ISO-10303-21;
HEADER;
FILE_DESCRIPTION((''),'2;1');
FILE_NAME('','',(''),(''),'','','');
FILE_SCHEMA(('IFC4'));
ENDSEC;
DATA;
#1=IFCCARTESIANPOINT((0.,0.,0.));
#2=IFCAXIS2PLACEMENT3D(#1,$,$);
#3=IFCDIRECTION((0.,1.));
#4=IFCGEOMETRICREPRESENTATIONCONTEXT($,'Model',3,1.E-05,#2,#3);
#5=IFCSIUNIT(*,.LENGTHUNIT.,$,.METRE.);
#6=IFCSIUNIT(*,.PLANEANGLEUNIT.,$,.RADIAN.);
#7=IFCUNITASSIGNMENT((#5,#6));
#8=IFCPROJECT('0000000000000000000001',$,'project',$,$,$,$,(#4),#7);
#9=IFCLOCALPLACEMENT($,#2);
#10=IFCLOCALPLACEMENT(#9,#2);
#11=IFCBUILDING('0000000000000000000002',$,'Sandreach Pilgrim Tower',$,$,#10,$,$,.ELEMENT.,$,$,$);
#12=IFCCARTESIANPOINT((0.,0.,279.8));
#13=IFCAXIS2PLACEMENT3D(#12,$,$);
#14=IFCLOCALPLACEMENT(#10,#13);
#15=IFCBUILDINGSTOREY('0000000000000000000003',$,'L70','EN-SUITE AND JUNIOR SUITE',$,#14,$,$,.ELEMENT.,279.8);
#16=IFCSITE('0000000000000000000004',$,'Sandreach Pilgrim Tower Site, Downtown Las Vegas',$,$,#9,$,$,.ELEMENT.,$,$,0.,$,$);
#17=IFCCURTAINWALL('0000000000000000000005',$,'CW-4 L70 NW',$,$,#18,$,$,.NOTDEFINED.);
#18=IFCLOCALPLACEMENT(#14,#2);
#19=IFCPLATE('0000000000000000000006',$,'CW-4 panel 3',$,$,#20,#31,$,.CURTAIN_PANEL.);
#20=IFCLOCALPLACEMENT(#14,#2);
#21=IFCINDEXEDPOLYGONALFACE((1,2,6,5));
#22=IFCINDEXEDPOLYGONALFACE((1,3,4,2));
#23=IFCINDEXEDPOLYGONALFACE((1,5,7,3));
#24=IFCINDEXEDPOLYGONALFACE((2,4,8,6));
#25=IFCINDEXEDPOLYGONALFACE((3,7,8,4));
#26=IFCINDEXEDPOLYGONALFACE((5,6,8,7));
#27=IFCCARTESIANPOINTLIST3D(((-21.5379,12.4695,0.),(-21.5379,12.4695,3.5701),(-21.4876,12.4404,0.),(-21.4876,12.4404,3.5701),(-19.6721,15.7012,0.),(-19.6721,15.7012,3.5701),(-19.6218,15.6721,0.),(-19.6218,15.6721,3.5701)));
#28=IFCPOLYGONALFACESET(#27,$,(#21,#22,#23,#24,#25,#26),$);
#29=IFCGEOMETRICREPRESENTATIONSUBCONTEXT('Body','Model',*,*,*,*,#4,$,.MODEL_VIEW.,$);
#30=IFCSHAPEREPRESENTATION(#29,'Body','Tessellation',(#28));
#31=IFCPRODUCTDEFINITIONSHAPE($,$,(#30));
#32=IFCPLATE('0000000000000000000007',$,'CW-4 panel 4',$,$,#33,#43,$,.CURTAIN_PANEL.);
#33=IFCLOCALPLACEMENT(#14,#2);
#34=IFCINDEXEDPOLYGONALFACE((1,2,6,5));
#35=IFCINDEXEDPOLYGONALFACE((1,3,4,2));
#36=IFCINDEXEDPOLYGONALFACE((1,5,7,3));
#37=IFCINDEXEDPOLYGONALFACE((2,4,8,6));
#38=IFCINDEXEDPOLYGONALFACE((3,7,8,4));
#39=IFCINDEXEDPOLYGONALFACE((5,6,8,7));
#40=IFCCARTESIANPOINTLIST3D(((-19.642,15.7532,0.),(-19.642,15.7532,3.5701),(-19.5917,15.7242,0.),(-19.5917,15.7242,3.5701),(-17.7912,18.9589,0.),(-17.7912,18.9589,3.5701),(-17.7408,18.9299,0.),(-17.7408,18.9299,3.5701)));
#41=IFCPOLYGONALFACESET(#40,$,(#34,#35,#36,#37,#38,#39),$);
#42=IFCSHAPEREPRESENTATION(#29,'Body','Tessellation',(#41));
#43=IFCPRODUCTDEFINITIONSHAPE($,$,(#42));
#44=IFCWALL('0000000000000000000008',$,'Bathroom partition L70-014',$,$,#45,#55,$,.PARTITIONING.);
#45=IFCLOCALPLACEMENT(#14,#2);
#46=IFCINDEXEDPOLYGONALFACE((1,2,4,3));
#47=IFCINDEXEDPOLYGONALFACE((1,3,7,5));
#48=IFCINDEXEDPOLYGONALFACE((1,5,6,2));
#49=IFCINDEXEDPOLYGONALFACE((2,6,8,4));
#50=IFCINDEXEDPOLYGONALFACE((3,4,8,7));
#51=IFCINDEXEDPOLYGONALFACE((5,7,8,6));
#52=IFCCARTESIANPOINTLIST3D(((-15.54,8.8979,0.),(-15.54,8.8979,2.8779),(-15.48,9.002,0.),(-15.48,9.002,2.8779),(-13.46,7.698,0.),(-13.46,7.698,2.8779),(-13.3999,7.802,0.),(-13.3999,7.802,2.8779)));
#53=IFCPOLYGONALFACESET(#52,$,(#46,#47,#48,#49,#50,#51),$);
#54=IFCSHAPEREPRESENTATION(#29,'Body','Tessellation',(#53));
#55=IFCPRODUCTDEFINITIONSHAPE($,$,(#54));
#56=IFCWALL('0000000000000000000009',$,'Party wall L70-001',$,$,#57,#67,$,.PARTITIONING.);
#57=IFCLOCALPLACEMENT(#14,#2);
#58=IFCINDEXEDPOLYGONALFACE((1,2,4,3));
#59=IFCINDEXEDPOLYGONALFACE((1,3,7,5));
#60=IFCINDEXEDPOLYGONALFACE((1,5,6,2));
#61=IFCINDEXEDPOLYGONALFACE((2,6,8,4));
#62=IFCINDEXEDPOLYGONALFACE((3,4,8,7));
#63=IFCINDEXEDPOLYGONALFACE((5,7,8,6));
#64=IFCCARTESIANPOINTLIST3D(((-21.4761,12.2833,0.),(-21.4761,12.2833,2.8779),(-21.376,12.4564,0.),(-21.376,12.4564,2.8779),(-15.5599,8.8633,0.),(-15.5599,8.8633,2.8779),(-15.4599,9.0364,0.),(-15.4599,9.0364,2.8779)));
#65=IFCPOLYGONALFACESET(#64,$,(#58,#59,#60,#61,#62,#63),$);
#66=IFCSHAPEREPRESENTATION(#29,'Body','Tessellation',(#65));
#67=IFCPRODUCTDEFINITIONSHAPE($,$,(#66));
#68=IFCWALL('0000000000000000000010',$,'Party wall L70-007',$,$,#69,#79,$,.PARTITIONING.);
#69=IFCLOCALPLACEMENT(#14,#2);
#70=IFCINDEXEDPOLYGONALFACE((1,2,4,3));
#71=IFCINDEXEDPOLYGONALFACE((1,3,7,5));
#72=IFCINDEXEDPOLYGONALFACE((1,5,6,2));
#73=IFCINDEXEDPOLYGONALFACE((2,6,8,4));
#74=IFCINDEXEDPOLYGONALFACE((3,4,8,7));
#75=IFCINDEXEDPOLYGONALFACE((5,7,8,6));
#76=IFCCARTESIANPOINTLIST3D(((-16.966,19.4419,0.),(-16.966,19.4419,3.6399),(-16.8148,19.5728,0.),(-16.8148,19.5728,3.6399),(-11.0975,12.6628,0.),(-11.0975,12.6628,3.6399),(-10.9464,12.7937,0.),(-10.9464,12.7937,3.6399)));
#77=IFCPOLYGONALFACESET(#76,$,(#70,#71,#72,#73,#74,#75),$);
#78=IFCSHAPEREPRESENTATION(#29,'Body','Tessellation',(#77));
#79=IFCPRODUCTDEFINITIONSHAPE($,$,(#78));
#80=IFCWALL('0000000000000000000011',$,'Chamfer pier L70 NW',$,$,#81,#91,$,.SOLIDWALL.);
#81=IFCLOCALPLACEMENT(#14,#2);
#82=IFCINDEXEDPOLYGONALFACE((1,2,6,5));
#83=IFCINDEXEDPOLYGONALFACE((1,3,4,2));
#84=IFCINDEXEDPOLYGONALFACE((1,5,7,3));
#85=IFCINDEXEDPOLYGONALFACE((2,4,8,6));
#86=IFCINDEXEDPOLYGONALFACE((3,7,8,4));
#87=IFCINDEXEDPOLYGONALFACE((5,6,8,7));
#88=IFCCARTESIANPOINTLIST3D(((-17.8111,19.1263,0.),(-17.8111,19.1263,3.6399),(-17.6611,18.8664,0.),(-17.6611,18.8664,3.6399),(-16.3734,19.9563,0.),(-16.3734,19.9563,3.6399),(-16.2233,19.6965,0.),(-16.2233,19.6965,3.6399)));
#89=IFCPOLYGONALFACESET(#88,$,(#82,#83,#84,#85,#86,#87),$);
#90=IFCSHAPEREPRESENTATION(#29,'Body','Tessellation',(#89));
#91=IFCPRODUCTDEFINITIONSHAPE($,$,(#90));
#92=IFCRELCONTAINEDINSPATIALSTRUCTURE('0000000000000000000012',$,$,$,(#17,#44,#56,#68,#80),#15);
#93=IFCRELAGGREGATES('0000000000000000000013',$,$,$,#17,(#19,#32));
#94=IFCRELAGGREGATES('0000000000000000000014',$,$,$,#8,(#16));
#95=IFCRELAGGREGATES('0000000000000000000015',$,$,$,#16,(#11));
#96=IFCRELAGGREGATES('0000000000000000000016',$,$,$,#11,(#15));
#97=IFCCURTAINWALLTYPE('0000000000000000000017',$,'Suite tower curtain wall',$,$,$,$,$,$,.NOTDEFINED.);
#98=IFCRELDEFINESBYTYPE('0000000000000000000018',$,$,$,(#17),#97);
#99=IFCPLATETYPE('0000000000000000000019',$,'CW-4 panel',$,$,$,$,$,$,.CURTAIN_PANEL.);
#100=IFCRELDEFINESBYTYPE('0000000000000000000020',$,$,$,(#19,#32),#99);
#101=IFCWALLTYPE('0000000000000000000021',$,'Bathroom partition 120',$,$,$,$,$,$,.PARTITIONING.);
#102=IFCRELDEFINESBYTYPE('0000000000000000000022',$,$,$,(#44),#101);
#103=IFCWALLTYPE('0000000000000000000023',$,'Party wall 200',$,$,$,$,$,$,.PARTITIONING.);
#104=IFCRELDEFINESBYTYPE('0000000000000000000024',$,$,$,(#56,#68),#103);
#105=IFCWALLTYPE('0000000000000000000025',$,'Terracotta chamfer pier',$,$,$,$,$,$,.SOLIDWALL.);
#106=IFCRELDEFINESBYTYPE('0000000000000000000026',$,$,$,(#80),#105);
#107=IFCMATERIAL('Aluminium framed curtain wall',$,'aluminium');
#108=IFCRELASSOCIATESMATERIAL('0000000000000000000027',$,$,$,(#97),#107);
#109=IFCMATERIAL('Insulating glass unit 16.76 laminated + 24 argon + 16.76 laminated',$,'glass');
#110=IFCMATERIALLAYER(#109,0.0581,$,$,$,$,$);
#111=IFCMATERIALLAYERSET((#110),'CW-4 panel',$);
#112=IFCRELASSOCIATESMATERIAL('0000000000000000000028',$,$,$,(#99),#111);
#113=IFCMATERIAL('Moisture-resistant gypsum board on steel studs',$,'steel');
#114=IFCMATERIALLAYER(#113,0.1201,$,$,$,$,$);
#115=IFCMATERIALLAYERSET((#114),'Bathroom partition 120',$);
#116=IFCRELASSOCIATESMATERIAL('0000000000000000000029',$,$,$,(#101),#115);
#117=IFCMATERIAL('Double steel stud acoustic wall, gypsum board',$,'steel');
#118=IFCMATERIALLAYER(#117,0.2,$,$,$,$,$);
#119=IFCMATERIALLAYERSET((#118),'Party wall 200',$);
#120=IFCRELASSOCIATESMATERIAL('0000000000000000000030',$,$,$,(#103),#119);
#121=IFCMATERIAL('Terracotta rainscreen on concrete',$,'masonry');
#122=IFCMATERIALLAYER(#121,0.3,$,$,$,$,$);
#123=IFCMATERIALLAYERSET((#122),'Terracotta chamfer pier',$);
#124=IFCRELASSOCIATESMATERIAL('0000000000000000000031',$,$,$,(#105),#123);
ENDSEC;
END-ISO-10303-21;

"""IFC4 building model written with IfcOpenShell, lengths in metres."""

from ifc_helpers import new_model, si_unit, direction, frame, frame_2d, origin, origin_2d, place, context, subcontext, project, spatial, rectangle, extrude, material, layer, layer_set, type_object, element, aggregate, save


model = new_model("IFC4")

# Units and contexts
model_context = context("Model", 3, precision=1e-05, world=origin(), true_north=direction((0.0, 1.0)))
body_context = subcontext(model_context, "Body", "Model", "MODEL_VIEW")
ifc_project = project(units=[si_unit("LENGTHUNIT", "METRE"), si_unit("PLANEANGLEUNIT", "RADIAN")], contexts=[model_context])

# Site, building, storey
site_placement = place(None, origin())
site = spatial("IfcSite", under=ifc_project, at=site_placement, Name="Sandreach Pilgrim Tower Site, Downtown Las Vegas", CompositionType="ELEMENT", RefElevation=0.0)
building_placement = place(site_placement, origin())
building = spatial("IfcBuilding", under=site, at=building_placement, Name="Sandreach Pilgrim Tower", CompositionType="ELEMENT")
storey_placement = place(building_placement, frame((0.0, 0.0, 279.8)))
storey = spatial("IfcBuildingStorey", under=building, at=storey_placement, Name="L70", Description="EN-SUITE AND JUNIOR SUITE", CompositionType="ELEMENT", Elevation=279.8)

# Shared definitions
ifc_material_1 = material(Name="Aluminium framed curtain wall", Category="aluminium")
curtain_wall_type = type_object("IfcCurtainWallType", Name="Suite tower curtain wall", PredefinedType="NOTDEFINED", material=ifc_material_1)

# Curtain wall
curtain_wall_1_placement = place(storey_placement, origin())
curtain_wall_1 = element("IfcCurtainWall", 1, at=curtain_wall_1_placement, inside=storey, type_object=curtain_wall_type, Name="CW-4 L70 NW", PredefinedType="NOTDEFINED")

# Plates
ifc_material_2 = material(Name="Insulating glass unit 16.76 laminated + 24 argon + 16.76 laminated", Category="glass")
ifc_layer_1 = layer(ifc_material_2, 0.0581)
ifc_layer_set_1 = layer_set([ifc_layer_1], Name="CW-4 panel")
plate_type = type_object("IfcPlateType", Name="CW-4 panel", PredefinedType="CURTAIN_PANEL", material=ifc_layer_set_1)
plate_1_placement = place(storey_placement, frame((-20.5798, 14.0708, 0.0), z_axis=(0.0, 0.0, 1.0), x_axis=(0.5, 0.866025, 0.0)))
plate_1 = element("IfcPlate", 2, at=plate_1_placement, type_object=plate_type, Name="CW-4 panel 3", PredefinedType="CURTAIN_PANEL", context=body_context, shape_type="SweptSolid", body=[
    extrude(rectangle(XDim=3.7317, YDim=0.0581, at=origin_2d()), origin(), (0.0, 0.0, 1.0), 3.5701),
])
plate_2_placement = place(storey_placement, frame((-18.6914, 17.3416, 0.0), z_axis=(0.0, 0.0, 1.0), x_axis=(0.5, 0.866025, 0.0)))
plate_2 = element("IfcPlate", 3, at=plate_2_placement, type_object=plate_type, Name="CW-4 panel 4", PredefinedType="CURTAIN_PANEL", context=body_context, shape_type="SweptSolid", body=[
    extrude(rectangle(XDim=3.7017, YDim=0.0581, at=origin_2d()), origin(), (0.0, 0.0, 1.0), 3.5701),
])
aggregate(curtain_wall_1, [plate_1, plate_2])

# Walls
ifc_material_3 = material(Name="Moisture-resistant gypsum board on steel studs", Category="steel")
ifc_layer_2 = layer(ifc_material_3, 0.1201)
ifc_layer_set_2 = layer_set([ifc_layer_2], Name="Bathroom partition 120")
wall_type_1 = type_object("IfcWallType", Name="Bathroom partition 120", PredefinedType="PARTITIONING", material=ifc_layer_set_2)
wall_1_placement = place(storey_placement, frame((-15.51, 8.95, 0.0), z_axis=(0.0, 0.0, 1.0), x_axis=(0.866203, -0.499693, 0.0)))
element("IfcWall", 4, at=wall_1_placement, inside=storey, type_object=wall_type_1, Name="Bathroom partition L70-014", PredefinedType="PARTITIONING", context=body_context, shape_type="SweptSolid", body=[
    extrude(rectangle(XDim=2.4014, YDim=0.1201, at=frame_2d((1.2007, 0.0))), origin(), (0.0, 0.0, 1.0), 2.8779),
])
ifc_material_4 = material(Name="Double steel stud acoustic wall, gypsum board", Category="steel")
ifc_layer_3 = layer(ifc_material_4, 0.2)
ifc_layer_set_3 = layer_set([ifc_layer_3], Name="Party wall 200")
wall_type_2 = type_object("IfcWallType", Name="Party wall 200", PredefinedType="PARTITIONING", material=ifc_layer_set_3)
wall_2_placement = place(storey_placement, frame((-21.426, 12.3699, 0.0), z_axis=(0.0, 0.0, 1.0), x_axis=(0.865752, -0.500473, 0.0)))
element("IfcWall", 5, at=wall_2_placement, inside=storey, type_object=wall_type_2, Name="Party wall L70-001", PredefinedType="PARTITIONING", context=body_context, shape_type="SweptSolid", body=[
    extrude(rectangle(XDim=6.8335, YDim=0.2, at=frame_2d((3.4167, 0.0))), origin(), (0.0, 0.0, 1.0), 2.8779),
])
wall_3_placement = place(storey_placement, frame((-16.8904, 19.5073, 0.0), z_axis=(0.0, 0.0, 1.0), x_axis=(0.654499, -0.756063, 0.0)))
element("IfcWall", 6, at=wall_3_placement, inside=storey, type_object=wall_type_2, Name="Party wall L70-007", PredefinedType="PARTITIONING", context=body_context, shape_type="SweptSolid", body=[
    extrude(rectangle(XDim=8.9663, YDim=0.2, at=frame_2d((4.4832, 0.0))), origin(), (0.0, 0.0, 1.0), 3.6399),
])
ifc_material_5 = material(Name="Terracotta rainscreen on concrete", Category="masonry")
ifc_layer_4 = layer(ifc_material_5, 0.3)
ifc_layer_set_4 = layer_set([ifc_layer_4], Name="Terracotta chamfer pier")
wall_type_3 = type_object("IfcWallType", Name="Terracotta chamfer pier", PredefinedType="SOLIDWALL", material=ifc_layer_set_4)
wall_4_placement = place(storey_placement, frame((-17.7361, 18.9963, 0.0), z_axis=(0.0, 0.0, 1.0), x_axis=(0.866026, 0.499998, 0.0)))
element("IfcWall", 7, at=wall_4_placement, inside=storey, type_object=wall_type_3, Name="Chamfer pier L70 NW", PredefinedType="SOLIDWALL", context=body_context, shape_type="SweptSolid", body=[
    extrude(rectangle(XDim=1.6602, YDim=0.3, at=frame_2d((0.8301, 0.0))), origin(), (0.0, 0.0, 1.0), 3.6399),
])

save(model, "model.ifc")
